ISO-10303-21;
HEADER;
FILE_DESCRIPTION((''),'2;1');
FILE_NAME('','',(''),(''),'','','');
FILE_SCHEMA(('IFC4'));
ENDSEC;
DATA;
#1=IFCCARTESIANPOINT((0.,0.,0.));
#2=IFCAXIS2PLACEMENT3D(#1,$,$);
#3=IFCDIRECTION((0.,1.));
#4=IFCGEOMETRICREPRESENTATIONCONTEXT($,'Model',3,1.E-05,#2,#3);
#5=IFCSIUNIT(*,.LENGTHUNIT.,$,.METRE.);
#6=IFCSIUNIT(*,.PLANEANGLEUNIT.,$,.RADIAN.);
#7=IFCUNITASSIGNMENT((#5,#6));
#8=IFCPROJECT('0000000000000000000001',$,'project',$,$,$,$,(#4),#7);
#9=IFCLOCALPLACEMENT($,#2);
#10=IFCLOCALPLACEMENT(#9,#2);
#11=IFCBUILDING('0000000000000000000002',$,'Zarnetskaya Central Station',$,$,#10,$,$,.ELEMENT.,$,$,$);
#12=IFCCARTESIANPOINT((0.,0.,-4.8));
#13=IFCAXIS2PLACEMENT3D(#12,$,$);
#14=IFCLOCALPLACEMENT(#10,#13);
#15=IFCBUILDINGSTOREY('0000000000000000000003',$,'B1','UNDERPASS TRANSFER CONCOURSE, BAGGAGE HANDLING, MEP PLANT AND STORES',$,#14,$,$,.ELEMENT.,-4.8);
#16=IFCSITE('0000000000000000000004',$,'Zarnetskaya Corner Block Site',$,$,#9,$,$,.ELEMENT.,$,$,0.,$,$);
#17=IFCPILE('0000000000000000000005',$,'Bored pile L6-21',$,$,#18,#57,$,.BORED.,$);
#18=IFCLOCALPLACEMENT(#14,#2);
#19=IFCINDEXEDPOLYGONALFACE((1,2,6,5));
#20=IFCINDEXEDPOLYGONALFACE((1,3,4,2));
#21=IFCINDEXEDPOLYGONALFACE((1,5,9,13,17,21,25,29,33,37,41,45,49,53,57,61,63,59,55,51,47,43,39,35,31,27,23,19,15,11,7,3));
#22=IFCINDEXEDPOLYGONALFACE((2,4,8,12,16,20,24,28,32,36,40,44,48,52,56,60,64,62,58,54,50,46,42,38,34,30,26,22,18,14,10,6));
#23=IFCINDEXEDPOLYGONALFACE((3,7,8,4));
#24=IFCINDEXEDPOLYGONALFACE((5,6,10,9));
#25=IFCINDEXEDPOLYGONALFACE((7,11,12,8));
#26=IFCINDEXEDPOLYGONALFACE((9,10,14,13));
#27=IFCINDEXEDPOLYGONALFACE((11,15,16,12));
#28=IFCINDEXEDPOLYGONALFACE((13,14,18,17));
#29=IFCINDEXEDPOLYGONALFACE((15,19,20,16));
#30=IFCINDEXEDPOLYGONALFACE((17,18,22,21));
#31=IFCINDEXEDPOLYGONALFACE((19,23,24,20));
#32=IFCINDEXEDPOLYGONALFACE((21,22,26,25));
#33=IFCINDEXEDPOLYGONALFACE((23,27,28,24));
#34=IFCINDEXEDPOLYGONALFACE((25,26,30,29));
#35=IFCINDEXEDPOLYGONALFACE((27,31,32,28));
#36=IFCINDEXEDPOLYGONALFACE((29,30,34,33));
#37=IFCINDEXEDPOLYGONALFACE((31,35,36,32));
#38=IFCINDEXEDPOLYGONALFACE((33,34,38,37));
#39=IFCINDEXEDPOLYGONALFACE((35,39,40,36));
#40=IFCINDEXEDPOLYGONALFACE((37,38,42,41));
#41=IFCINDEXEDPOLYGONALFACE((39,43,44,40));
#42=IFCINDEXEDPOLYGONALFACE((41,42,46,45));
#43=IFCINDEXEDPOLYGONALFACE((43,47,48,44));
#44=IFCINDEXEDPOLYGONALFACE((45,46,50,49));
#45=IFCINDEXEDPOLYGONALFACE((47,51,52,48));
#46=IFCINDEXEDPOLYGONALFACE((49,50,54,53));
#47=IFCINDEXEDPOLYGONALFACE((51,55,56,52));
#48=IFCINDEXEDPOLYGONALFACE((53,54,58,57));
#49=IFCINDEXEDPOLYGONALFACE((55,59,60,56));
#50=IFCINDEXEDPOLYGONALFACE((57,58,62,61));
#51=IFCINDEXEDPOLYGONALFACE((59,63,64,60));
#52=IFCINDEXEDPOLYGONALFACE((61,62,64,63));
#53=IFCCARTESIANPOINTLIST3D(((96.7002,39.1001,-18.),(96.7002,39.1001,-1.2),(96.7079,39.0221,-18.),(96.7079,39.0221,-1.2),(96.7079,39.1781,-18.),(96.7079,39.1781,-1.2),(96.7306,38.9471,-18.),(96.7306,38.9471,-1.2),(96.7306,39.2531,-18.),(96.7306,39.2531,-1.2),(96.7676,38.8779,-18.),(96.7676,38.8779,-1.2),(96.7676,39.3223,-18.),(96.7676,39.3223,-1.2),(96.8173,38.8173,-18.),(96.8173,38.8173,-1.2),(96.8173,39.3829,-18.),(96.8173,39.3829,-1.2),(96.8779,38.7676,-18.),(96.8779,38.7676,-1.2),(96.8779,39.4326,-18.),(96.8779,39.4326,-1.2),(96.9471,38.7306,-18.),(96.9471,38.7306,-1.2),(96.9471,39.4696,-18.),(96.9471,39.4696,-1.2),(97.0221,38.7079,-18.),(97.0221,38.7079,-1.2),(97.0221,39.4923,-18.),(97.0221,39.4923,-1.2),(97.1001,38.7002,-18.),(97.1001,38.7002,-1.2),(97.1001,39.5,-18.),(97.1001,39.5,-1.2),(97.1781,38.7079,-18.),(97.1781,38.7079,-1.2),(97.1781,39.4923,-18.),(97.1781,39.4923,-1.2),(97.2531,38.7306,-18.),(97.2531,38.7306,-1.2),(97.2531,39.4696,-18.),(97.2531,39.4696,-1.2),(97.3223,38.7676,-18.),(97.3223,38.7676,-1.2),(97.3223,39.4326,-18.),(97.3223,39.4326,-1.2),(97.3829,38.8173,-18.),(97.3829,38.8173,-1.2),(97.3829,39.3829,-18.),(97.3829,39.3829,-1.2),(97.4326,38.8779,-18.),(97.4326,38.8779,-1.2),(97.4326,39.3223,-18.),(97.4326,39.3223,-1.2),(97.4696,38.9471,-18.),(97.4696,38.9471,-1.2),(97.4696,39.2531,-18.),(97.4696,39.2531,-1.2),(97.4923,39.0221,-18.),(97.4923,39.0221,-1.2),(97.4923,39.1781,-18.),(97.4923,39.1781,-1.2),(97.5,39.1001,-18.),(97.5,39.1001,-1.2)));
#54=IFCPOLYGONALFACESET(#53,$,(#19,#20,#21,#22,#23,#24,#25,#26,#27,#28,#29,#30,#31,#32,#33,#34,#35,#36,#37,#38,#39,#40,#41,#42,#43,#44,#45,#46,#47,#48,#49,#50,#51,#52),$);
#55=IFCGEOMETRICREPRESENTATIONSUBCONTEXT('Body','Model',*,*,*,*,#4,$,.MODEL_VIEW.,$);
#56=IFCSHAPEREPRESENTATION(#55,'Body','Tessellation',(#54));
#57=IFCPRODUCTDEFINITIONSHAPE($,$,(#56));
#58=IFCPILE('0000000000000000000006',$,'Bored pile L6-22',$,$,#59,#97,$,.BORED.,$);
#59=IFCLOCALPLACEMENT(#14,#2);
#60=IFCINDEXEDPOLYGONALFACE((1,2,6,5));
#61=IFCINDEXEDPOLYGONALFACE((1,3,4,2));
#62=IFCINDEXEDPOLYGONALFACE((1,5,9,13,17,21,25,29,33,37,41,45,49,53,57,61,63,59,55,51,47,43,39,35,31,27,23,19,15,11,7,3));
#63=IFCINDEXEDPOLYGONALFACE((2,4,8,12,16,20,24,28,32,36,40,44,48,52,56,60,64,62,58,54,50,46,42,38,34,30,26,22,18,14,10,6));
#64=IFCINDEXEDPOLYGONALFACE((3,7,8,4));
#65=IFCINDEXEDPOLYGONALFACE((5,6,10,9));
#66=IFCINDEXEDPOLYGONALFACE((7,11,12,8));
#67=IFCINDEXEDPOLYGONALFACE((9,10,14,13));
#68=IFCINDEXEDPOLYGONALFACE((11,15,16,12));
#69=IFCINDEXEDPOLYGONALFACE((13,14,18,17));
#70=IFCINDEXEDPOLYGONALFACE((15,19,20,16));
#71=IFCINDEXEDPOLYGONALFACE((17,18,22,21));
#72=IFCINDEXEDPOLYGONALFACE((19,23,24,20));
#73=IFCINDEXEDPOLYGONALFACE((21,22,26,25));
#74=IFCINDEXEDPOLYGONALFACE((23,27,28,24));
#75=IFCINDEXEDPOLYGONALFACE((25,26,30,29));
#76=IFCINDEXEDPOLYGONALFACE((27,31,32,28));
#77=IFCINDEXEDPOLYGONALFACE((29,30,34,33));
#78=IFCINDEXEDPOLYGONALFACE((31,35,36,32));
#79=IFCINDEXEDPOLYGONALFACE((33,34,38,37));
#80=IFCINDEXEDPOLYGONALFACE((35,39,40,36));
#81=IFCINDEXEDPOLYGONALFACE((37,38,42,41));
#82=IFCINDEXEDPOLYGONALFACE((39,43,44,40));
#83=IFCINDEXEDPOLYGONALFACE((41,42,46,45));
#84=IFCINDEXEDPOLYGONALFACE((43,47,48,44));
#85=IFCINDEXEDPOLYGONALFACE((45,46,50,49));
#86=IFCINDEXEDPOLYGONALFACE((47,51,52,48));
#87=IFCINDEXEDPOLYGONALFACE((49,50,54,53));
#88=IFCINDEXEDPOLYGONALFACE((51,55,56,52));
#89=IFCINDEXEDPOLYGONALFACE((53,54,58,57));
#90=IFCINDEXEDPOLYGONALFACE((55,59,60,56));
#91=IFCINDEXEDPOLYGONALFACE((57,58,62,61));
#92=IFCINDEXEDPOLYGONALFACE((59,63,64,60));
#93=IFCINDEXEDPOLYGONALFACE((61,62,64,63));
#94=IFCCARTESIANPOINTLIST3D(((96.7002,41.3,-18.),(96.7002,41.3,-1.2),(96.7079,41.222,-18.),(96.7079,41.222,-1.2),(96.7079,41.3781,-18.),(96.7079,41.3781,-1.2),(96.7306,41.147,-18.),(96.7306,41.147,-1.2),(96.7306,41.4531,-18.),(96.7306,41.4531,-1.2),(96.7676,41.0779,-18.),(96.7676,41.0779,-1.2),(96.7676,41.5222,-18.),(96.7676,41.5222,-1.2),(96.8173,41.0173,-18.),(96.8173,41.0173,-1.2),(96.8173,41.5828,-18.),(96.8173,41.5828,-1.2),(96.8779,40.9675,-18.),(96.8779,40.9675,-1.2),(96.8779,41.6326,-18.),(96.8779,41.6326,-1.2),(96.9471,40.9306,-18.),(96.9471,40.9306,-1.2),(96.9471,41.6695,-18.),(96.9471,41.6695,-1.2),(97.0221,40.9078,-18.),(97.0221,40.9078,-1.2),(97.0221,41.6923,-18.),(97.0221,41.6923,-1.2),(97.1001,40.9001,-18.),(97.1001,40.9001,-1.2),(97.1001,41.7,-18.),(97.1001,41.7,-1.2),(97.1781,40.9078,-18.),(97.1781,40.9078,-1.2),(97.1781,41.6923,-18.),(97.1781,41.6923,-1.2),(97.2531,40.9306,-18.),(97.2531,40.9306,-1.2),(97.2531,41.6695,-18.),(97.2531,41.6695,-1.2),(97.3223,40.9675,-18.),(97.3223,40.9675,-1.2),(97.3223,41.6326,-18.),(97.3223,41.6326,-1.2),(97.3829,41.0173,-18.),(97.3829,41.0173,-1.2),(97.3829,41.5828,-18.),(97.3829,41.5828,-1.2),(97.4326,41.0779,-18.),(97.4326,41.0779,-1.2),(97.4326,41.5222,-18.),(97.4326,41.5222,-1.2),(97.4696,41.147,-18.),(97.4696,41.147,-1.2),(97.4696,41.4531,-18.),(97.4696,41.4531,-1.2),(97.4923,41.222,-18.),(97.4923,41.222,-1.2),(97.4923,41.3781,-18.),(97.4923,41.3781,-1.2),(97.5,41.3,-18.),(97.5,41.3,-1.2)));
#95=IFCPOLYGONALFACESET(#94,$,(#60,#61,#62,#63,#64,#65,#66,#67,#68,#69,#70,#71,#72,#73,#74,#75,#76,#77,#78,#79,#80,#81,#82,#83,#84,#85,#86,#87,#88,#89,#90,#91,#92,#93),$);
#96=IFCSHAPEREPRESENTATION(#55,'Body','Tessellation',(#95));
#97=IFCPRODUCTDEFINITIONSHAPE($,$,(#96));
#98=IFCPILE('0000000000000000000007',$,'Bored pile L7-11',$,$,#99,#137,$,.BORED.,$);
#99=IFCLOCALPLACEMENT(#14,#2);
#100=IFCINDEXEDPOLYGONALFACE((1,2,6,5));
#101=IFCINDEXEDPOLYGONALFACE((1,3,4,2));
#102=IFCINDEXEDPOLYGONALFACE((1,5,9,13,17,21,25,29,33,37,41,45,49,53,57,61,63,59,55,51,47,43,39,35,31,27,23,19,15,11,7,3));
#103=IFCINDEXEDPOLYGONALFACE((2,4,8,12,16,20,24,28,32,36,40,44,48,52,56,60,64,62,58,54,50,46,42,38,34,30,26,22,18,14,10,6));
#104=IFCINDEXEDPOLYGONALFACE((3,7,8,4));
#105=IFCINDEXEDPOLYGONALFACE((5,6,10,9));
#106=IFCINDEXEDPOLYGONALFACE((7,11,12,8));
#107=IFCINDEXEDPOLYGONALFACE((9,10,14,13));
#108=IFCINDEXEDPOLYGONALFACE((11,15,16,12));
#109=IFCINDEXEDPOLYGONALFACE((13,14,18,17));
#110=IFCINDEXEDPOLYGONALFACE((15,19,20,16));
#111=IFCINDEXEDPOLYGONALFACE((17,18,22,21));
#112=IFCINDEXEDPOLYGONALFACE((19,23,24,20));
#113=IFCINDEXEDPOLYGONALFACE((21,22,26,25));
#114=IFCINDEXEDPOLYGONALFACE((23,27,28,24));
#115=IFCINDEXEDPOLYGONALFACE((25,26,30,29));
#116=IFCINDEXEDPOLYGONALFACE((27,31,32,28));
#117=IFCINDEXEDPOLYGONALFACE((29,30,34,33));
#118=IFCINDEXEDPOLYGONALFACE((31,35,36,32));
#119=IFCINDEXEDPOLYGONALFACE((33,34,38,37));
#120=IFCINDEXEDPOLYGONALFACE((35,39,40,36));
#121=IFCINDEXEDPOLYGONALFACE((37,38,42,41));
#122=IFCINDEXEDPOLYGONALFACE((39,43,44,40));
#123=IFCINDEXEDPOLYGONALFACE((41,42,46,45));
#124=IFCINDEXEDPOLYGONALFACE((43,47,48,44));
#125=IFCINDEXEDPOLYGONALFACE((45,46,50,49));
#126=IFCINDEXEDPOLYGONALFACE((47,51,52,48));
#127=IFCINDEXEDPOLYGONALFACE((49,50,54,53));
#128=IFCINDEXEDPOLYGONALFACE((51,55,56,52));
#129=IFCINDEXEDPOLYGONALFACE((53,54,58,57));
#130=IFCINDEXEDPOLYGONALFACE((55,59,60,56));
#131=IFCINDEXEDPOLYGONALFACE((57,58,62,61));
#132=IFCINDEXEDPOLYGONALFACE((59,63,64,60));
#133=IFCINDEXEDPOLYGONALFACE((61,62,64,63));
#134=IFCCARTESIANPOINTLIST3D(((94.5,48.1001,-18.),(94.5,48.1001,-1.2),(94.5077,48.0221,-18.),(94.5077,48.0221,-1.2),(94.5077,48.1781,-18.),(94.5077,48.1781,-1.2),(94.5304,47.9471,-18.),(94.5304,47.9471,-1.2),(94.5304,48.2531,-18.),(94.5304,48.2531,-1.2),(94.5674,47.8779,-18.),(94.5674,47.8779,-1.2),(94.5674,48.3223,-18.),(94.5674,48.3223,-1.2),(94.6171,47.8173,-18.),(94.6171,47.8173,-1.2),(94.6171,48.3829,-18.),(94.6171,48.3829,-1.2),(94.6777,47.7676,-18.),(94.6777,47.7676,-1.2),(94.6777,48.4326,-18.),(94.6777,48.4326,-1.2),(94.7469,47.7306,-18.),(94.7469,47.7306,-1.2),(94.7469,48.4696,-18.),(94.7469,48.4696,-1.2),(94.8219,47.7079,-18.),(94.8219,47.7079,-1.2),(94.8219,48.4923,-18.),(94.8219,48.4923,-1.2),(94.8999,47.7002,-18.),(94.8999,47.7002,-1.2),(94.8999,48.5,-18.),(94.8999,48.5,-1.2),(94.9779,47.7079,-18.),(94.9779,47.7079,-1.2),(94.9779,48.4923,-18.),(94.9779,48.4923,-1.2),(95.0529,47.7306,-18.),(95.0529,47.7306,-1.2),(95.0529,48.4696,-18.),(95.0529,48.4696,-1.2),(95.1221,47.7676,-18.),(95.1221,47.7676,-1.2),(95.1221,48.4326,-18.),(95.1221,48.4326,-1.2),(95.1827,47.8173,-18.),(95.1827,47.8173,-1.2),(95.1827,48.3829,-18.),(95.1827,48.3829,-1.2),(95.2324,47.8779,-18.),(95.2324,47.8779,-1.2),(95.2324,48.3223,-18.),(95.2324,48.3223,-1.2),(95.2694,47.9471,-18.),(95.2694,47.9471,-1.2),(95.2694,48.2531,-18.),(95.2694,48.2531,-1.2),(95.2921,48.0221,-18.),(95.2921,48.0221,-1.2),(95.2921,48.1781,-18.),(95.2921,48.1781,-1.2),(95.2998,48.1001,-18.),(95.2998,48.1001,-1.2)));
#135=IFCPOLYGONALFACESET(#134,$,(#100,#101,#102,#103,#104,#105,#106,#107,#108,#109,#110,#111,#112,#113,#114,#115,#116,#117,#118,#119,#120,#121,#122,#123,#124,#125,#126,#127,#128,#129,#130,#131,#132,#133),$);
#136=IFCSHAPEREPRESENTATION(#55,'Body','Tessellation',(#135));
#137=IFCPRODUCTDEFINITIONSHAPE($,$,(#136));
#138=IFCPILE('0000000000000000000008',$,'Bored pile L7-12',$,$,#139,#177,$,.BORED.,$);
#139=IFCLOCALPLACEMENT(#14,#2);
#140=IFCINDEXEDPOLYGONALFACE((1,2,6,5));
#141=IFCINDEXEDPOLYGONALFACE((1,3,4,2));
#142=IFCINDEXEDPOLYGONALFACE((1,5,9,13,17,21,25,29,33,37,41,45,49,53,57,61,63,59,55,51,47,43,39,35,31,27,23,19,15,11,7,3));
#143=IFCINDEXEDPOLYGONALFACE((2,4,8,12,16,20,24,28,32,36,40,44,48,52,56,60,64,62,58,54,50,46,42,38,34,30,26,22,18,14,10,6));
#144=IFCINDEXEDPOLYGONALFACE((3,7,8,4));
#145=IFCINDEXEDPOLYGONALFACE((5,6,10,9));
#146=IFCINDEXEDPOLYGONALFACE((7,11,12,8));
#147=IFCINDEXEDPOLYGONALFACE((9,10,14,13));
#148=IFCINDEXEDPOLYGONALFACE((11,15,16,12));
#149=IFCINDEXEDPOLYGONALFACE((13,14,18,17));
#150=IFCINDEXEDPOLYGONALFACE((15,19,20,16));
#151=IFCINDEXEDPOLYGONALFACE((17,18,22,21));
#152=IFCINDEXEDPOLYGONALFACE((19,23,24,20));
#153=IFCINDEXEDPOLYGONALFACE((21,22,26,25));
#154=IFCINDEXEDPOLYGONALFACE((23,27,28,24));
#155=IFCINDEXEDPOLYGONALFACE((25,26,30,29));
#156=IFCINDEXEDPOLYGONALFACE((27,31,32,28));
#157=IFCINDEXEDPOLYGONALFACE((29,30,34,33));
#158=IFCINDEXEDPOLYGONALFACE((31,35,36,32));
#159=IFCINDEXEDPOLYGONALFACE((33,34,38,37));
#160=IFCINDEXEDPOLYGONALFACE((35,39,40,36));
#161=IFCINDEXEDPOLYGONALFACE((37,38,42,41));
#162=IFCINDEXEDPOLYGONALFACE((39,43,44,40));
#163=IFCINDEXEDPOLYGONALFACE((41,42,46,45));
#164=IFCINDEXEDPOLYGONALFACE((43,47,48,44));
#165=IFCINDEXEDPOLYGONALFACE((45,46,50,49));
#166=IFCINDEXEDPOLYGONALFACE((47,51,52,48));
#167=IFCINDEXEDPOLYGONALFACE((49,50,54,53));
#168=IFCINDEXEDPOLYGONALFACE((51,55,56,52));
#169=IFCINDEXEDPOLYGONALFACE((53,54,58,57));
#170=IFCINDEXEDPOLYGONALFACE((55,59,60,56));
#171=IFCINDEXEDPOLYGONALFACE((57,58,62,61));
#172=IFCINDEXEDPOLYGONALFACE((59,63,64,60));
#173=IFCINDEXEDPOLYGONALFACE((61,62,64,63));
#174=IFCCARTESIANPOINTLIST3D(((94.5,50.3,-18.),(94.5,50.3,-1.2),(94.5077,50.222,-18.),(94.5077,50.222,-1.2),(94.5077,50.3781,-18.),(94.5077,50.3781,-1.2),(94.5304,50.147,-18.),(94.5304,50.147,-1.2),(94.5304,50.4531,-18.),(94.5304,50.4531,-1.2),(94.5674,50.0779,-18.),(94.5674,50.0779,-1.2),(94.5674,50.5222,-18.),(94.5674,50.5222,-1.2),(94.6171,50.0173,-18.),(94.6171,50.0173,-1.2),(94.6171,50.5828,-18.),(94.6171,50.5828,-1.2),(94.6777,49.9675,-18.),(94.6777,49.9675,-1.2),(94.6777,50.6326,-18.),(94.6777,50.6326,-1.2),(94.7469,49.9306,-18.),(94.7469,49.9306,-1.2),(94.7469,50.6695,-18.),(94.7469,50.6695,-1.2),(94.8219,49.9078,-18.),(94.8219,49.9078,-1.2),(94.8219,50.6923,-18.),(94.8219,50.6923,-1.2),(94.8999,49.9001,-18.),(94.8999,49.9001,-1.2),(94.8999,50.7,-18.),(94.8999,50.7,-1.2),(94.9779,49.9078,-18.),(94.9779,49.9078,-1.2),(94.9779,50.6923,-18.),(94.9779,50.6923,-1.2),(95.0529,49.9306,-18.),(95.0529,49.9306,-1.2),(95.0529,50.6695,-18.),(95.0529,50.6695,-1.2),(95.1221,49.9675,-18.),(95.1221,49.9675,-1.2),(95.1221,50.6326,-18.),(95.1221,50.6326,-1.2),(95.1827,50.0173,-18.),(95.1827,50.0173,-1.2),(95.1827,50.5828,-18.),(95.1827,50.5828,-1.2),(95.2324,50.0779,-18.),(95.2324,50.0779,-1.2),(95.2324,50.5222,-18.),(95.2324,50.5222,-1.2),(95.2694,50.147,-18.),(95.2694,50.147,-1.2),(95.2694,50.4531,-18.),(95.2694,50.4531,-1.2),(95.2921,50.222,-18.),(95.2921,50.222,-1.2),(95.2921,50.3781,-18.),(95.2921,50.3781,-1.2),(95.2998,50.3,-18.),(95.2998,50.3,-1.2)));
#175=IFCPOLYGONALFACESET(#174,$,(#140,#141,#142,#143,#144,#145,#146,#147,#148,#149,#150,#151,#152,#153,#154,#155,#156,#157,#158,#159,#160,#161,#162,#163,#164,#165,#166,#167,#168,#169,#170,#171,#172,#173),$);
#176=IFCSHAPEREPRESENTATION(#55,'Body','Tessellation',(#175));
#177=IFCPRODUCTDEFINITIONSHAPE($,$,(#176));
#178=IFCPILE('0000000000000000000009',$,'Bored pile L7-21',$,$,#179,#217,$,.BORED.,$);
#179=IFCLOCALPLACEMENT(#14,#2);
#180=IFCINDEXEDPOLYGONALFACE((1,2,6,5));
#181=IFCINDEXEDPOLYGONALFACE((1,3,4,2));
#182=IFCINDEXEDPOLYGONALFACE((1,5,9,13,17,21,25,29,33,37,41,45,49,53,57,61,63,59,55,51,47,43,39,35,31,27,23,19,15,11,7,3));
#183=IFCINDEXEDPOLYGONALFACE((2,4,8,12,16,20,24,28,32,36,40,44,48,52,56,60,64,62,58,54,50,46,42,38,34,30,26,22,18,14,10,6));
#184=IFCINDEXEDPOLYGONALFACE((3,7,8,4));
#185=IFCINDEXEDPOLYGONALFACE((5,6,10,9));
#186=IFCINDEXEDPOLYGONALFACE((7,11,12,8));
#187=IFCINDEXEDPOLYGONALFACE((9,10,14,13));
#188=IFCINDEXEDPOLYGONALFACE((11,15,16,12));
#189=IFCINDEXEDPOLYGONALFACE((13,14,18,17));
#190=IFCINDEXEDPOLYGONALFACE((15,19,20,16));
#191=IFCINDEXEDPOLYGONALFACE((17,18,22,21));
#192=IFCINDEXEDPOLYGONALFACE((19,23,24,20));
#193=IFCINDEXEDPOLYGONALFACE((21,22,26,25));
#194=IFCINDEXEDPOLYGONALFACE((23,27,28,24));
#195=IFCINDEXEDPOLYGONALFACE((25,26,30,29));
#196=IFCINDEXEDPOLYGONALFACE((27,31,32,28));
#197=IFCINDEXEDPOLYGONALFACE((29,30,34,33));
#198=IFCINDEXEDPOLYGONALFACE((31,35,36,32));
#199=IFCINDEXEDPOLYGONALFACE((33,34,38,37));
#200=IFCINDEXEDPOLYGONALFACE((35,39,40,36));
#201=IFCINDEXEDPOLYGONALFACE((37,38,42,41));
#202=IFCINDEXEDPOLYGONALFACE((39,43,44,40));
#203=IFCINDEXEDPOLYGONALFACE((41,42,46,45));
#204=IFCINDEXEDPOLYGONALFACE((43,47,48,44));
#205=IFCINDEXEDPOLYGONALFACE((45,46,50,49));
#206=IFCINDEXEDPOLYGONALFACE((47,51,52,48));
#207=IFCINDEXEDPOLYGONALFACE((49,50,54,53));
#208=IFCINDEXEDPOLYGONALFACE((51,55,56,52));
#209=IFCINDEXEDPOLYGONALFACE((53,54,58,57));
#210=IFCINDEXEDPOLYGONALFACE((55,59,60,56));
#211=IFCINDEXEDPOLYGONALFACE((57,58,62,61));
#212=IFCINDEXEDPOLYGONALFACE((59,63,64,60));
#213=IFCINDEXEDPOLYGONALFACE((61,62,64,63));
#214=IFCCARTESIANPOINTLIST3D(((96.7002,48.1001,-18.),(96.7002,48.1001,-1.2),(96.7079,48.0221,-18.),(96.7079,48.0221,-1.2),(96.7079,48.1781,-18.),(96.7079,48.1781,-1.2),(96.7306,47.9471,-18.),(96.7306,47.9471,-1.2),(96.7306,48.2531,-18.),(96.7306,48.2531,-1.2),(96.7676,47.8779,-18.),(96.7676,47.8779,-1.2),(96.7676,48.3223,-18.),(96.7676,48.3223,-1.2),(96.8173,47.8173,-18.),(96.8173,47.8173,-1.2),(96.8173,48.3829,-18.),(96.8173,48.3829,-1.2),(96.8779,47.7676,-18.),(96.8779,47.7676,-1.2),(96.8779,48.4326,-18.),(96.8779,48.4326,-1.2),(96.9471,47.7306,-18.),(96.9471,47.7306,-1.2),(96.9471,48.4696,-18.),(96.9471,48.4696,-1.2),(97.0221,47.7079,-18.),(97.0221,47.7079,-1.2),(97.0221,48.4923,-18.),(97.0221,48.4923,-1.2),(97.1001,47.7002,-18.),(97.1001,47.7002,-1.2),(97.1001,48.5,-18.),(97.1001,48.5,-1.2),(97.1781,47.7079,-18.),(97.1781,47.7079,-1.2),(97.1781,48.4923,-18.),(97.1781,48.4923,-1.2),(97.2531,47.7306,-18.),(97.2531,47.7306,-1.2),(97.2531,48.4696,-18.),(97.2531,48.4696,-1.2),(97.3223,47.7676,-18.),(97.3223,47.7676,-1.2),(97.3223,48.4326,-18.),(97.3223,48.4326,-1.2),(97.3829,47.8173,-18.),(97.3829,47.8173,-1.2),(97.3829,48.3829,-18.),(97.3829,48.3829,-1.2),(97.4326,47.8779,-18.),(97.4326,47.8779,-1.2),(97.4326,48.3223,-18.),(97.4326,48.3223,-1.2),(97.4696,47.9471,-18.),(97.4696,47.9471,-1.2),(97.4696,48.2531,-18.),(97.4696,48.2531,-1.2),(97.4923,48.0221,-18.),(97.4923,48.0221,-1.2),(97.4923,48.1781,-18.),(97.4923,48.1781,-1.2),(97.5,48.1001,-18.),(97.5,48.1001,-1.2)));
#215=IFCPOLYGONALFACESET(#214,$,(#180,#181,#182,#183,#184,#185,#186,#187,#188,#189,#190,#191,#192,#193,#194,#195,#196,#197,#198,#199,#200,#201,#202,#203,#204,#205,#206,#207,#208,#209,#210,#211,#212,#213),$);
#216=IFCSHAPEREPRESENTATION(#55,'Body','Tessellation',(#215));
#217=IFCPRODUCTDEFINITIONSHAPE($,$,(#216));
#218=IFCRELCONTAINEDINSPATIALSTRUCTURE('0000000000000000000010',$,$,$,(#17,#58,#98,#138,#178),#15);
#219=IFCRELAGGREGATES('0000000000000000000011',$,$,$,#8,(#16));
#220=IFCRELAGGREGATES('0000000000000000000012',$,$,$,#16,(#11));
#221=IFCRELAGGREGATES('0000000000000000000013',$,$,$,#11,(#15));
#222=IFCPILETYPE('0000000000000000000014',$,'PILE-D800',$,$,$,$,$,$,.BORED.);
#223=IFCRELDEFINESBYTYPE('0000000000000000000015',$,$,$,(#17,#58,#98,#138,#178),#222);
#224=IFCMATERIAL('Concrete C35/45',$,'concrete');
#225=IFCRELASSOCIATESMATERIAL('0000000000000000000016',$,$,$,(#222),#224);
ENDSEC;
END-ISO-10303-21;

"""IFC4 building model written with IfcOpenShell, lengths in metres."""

from ifc_helpers import new_model, si_unit, direction, frame, origin, origin_2d, place, context, subcontext, project, spatial, circle, extrude, material, material_profile, profile_set, type_object, element, save


model = new_model("IFC4")

# Units and contexts
model_context = context("Model", 3, precision=1e-05, world=origin(), true_north=direction((0.0, 1.0)))
body_context = subcontext(model_context, "Body", "Model", "MODEL_VIEW")
ifc_project = project(units=[si_unit("LENGTHUNIT", "METRE"), si_unit("PLANEANGLEUNIT", "RADIAN")], contexts=[model_context])

# Site, building, storey
site_placement = place(None, origin())
site = spatial("IfcSite", under=ifc_project, at=site_placement, Name="Zarnetskaya Corner Block Site", CompositionType="ELEMENT", RefElevation=0.0)
building_placement = place(site_placement, origin())
building = spatial("IfcBuilding", under=site, at=building_placement, Name="Zarnetskaya Central Station", CompositionType="ELEMENT")
storey_placement = place(building_placement, frame((0.0, 0.0, -4.8)))
storey = spatial("IfcBuildingStorey", under=building, at=storey_placement, Name="B1", Description="UNDERPASS TRANSFER CONCOURSE, BAGGAGE HANDLING, MEP PLANT AND STORES", CompositionType="ELEMENT", Elevation=-4.8)

# Shared definitions
ifc_material = material(Name="Concrete C35/45", Category="concrete")

# Piles
ifc_material_profile_1 = material_profile(ifc_material, circle(Radius=0.3999, at=origin_2d()), Name="BORED PILE D800")
ifc_profile_set_1 = profile_set([ifc_material_profile_1], Name="Concrete C35/45")
pile_type_1 = type_object("IfcPileType", Name="PILE-D800", PredefinedType="BORED", material=ifc_profile_set_1)
for number, where, z_axis, x_axis, name in (
    (1, (97.1001, 39.1001, -1.2), (0.0, 0.0, -1.0), (1.0, 0.0, 0.0), "Bored pile L6-21"),
    (2, (97.1001, 41.3, -1.2), (0.0, 0.0, -1.0), (1.0, 0.0, 0.0), "Bored pile L6-22"),
    (3, (94.8999, 48.1001, -1.2), (0.0, 0.0, -1.0), (1.0, 0.0, 0.0), "Bored pile L7-11"),
    (4, (94.8999, 50.3, -1.2), (0.0, 0.0, -1.0), (1.0, 0.0, 0.0), "Bored pile L7-12"),
    (5, (97.1001, 48.1001, -1.2), (0.0, 0.0, -1.0), (1.0, 0.0, 0.0), "Bored pile L7-21"),
):
    element("IfcPile", number, at=place(storey_placement, frame(where, z_axis=z_axis, x_axis=x_axis)), inside=storey, type_object=pile_type_1, Name=name, PredefinedType="BORED", context=body_context, shape_type="SweptSolid", body=[
        extrude(circle(Radius=0.3999, at=origin_2d()), origin(), (0.0, 0.0, 1.0), 16.8),
    ])

save(model, "model.ifc")
